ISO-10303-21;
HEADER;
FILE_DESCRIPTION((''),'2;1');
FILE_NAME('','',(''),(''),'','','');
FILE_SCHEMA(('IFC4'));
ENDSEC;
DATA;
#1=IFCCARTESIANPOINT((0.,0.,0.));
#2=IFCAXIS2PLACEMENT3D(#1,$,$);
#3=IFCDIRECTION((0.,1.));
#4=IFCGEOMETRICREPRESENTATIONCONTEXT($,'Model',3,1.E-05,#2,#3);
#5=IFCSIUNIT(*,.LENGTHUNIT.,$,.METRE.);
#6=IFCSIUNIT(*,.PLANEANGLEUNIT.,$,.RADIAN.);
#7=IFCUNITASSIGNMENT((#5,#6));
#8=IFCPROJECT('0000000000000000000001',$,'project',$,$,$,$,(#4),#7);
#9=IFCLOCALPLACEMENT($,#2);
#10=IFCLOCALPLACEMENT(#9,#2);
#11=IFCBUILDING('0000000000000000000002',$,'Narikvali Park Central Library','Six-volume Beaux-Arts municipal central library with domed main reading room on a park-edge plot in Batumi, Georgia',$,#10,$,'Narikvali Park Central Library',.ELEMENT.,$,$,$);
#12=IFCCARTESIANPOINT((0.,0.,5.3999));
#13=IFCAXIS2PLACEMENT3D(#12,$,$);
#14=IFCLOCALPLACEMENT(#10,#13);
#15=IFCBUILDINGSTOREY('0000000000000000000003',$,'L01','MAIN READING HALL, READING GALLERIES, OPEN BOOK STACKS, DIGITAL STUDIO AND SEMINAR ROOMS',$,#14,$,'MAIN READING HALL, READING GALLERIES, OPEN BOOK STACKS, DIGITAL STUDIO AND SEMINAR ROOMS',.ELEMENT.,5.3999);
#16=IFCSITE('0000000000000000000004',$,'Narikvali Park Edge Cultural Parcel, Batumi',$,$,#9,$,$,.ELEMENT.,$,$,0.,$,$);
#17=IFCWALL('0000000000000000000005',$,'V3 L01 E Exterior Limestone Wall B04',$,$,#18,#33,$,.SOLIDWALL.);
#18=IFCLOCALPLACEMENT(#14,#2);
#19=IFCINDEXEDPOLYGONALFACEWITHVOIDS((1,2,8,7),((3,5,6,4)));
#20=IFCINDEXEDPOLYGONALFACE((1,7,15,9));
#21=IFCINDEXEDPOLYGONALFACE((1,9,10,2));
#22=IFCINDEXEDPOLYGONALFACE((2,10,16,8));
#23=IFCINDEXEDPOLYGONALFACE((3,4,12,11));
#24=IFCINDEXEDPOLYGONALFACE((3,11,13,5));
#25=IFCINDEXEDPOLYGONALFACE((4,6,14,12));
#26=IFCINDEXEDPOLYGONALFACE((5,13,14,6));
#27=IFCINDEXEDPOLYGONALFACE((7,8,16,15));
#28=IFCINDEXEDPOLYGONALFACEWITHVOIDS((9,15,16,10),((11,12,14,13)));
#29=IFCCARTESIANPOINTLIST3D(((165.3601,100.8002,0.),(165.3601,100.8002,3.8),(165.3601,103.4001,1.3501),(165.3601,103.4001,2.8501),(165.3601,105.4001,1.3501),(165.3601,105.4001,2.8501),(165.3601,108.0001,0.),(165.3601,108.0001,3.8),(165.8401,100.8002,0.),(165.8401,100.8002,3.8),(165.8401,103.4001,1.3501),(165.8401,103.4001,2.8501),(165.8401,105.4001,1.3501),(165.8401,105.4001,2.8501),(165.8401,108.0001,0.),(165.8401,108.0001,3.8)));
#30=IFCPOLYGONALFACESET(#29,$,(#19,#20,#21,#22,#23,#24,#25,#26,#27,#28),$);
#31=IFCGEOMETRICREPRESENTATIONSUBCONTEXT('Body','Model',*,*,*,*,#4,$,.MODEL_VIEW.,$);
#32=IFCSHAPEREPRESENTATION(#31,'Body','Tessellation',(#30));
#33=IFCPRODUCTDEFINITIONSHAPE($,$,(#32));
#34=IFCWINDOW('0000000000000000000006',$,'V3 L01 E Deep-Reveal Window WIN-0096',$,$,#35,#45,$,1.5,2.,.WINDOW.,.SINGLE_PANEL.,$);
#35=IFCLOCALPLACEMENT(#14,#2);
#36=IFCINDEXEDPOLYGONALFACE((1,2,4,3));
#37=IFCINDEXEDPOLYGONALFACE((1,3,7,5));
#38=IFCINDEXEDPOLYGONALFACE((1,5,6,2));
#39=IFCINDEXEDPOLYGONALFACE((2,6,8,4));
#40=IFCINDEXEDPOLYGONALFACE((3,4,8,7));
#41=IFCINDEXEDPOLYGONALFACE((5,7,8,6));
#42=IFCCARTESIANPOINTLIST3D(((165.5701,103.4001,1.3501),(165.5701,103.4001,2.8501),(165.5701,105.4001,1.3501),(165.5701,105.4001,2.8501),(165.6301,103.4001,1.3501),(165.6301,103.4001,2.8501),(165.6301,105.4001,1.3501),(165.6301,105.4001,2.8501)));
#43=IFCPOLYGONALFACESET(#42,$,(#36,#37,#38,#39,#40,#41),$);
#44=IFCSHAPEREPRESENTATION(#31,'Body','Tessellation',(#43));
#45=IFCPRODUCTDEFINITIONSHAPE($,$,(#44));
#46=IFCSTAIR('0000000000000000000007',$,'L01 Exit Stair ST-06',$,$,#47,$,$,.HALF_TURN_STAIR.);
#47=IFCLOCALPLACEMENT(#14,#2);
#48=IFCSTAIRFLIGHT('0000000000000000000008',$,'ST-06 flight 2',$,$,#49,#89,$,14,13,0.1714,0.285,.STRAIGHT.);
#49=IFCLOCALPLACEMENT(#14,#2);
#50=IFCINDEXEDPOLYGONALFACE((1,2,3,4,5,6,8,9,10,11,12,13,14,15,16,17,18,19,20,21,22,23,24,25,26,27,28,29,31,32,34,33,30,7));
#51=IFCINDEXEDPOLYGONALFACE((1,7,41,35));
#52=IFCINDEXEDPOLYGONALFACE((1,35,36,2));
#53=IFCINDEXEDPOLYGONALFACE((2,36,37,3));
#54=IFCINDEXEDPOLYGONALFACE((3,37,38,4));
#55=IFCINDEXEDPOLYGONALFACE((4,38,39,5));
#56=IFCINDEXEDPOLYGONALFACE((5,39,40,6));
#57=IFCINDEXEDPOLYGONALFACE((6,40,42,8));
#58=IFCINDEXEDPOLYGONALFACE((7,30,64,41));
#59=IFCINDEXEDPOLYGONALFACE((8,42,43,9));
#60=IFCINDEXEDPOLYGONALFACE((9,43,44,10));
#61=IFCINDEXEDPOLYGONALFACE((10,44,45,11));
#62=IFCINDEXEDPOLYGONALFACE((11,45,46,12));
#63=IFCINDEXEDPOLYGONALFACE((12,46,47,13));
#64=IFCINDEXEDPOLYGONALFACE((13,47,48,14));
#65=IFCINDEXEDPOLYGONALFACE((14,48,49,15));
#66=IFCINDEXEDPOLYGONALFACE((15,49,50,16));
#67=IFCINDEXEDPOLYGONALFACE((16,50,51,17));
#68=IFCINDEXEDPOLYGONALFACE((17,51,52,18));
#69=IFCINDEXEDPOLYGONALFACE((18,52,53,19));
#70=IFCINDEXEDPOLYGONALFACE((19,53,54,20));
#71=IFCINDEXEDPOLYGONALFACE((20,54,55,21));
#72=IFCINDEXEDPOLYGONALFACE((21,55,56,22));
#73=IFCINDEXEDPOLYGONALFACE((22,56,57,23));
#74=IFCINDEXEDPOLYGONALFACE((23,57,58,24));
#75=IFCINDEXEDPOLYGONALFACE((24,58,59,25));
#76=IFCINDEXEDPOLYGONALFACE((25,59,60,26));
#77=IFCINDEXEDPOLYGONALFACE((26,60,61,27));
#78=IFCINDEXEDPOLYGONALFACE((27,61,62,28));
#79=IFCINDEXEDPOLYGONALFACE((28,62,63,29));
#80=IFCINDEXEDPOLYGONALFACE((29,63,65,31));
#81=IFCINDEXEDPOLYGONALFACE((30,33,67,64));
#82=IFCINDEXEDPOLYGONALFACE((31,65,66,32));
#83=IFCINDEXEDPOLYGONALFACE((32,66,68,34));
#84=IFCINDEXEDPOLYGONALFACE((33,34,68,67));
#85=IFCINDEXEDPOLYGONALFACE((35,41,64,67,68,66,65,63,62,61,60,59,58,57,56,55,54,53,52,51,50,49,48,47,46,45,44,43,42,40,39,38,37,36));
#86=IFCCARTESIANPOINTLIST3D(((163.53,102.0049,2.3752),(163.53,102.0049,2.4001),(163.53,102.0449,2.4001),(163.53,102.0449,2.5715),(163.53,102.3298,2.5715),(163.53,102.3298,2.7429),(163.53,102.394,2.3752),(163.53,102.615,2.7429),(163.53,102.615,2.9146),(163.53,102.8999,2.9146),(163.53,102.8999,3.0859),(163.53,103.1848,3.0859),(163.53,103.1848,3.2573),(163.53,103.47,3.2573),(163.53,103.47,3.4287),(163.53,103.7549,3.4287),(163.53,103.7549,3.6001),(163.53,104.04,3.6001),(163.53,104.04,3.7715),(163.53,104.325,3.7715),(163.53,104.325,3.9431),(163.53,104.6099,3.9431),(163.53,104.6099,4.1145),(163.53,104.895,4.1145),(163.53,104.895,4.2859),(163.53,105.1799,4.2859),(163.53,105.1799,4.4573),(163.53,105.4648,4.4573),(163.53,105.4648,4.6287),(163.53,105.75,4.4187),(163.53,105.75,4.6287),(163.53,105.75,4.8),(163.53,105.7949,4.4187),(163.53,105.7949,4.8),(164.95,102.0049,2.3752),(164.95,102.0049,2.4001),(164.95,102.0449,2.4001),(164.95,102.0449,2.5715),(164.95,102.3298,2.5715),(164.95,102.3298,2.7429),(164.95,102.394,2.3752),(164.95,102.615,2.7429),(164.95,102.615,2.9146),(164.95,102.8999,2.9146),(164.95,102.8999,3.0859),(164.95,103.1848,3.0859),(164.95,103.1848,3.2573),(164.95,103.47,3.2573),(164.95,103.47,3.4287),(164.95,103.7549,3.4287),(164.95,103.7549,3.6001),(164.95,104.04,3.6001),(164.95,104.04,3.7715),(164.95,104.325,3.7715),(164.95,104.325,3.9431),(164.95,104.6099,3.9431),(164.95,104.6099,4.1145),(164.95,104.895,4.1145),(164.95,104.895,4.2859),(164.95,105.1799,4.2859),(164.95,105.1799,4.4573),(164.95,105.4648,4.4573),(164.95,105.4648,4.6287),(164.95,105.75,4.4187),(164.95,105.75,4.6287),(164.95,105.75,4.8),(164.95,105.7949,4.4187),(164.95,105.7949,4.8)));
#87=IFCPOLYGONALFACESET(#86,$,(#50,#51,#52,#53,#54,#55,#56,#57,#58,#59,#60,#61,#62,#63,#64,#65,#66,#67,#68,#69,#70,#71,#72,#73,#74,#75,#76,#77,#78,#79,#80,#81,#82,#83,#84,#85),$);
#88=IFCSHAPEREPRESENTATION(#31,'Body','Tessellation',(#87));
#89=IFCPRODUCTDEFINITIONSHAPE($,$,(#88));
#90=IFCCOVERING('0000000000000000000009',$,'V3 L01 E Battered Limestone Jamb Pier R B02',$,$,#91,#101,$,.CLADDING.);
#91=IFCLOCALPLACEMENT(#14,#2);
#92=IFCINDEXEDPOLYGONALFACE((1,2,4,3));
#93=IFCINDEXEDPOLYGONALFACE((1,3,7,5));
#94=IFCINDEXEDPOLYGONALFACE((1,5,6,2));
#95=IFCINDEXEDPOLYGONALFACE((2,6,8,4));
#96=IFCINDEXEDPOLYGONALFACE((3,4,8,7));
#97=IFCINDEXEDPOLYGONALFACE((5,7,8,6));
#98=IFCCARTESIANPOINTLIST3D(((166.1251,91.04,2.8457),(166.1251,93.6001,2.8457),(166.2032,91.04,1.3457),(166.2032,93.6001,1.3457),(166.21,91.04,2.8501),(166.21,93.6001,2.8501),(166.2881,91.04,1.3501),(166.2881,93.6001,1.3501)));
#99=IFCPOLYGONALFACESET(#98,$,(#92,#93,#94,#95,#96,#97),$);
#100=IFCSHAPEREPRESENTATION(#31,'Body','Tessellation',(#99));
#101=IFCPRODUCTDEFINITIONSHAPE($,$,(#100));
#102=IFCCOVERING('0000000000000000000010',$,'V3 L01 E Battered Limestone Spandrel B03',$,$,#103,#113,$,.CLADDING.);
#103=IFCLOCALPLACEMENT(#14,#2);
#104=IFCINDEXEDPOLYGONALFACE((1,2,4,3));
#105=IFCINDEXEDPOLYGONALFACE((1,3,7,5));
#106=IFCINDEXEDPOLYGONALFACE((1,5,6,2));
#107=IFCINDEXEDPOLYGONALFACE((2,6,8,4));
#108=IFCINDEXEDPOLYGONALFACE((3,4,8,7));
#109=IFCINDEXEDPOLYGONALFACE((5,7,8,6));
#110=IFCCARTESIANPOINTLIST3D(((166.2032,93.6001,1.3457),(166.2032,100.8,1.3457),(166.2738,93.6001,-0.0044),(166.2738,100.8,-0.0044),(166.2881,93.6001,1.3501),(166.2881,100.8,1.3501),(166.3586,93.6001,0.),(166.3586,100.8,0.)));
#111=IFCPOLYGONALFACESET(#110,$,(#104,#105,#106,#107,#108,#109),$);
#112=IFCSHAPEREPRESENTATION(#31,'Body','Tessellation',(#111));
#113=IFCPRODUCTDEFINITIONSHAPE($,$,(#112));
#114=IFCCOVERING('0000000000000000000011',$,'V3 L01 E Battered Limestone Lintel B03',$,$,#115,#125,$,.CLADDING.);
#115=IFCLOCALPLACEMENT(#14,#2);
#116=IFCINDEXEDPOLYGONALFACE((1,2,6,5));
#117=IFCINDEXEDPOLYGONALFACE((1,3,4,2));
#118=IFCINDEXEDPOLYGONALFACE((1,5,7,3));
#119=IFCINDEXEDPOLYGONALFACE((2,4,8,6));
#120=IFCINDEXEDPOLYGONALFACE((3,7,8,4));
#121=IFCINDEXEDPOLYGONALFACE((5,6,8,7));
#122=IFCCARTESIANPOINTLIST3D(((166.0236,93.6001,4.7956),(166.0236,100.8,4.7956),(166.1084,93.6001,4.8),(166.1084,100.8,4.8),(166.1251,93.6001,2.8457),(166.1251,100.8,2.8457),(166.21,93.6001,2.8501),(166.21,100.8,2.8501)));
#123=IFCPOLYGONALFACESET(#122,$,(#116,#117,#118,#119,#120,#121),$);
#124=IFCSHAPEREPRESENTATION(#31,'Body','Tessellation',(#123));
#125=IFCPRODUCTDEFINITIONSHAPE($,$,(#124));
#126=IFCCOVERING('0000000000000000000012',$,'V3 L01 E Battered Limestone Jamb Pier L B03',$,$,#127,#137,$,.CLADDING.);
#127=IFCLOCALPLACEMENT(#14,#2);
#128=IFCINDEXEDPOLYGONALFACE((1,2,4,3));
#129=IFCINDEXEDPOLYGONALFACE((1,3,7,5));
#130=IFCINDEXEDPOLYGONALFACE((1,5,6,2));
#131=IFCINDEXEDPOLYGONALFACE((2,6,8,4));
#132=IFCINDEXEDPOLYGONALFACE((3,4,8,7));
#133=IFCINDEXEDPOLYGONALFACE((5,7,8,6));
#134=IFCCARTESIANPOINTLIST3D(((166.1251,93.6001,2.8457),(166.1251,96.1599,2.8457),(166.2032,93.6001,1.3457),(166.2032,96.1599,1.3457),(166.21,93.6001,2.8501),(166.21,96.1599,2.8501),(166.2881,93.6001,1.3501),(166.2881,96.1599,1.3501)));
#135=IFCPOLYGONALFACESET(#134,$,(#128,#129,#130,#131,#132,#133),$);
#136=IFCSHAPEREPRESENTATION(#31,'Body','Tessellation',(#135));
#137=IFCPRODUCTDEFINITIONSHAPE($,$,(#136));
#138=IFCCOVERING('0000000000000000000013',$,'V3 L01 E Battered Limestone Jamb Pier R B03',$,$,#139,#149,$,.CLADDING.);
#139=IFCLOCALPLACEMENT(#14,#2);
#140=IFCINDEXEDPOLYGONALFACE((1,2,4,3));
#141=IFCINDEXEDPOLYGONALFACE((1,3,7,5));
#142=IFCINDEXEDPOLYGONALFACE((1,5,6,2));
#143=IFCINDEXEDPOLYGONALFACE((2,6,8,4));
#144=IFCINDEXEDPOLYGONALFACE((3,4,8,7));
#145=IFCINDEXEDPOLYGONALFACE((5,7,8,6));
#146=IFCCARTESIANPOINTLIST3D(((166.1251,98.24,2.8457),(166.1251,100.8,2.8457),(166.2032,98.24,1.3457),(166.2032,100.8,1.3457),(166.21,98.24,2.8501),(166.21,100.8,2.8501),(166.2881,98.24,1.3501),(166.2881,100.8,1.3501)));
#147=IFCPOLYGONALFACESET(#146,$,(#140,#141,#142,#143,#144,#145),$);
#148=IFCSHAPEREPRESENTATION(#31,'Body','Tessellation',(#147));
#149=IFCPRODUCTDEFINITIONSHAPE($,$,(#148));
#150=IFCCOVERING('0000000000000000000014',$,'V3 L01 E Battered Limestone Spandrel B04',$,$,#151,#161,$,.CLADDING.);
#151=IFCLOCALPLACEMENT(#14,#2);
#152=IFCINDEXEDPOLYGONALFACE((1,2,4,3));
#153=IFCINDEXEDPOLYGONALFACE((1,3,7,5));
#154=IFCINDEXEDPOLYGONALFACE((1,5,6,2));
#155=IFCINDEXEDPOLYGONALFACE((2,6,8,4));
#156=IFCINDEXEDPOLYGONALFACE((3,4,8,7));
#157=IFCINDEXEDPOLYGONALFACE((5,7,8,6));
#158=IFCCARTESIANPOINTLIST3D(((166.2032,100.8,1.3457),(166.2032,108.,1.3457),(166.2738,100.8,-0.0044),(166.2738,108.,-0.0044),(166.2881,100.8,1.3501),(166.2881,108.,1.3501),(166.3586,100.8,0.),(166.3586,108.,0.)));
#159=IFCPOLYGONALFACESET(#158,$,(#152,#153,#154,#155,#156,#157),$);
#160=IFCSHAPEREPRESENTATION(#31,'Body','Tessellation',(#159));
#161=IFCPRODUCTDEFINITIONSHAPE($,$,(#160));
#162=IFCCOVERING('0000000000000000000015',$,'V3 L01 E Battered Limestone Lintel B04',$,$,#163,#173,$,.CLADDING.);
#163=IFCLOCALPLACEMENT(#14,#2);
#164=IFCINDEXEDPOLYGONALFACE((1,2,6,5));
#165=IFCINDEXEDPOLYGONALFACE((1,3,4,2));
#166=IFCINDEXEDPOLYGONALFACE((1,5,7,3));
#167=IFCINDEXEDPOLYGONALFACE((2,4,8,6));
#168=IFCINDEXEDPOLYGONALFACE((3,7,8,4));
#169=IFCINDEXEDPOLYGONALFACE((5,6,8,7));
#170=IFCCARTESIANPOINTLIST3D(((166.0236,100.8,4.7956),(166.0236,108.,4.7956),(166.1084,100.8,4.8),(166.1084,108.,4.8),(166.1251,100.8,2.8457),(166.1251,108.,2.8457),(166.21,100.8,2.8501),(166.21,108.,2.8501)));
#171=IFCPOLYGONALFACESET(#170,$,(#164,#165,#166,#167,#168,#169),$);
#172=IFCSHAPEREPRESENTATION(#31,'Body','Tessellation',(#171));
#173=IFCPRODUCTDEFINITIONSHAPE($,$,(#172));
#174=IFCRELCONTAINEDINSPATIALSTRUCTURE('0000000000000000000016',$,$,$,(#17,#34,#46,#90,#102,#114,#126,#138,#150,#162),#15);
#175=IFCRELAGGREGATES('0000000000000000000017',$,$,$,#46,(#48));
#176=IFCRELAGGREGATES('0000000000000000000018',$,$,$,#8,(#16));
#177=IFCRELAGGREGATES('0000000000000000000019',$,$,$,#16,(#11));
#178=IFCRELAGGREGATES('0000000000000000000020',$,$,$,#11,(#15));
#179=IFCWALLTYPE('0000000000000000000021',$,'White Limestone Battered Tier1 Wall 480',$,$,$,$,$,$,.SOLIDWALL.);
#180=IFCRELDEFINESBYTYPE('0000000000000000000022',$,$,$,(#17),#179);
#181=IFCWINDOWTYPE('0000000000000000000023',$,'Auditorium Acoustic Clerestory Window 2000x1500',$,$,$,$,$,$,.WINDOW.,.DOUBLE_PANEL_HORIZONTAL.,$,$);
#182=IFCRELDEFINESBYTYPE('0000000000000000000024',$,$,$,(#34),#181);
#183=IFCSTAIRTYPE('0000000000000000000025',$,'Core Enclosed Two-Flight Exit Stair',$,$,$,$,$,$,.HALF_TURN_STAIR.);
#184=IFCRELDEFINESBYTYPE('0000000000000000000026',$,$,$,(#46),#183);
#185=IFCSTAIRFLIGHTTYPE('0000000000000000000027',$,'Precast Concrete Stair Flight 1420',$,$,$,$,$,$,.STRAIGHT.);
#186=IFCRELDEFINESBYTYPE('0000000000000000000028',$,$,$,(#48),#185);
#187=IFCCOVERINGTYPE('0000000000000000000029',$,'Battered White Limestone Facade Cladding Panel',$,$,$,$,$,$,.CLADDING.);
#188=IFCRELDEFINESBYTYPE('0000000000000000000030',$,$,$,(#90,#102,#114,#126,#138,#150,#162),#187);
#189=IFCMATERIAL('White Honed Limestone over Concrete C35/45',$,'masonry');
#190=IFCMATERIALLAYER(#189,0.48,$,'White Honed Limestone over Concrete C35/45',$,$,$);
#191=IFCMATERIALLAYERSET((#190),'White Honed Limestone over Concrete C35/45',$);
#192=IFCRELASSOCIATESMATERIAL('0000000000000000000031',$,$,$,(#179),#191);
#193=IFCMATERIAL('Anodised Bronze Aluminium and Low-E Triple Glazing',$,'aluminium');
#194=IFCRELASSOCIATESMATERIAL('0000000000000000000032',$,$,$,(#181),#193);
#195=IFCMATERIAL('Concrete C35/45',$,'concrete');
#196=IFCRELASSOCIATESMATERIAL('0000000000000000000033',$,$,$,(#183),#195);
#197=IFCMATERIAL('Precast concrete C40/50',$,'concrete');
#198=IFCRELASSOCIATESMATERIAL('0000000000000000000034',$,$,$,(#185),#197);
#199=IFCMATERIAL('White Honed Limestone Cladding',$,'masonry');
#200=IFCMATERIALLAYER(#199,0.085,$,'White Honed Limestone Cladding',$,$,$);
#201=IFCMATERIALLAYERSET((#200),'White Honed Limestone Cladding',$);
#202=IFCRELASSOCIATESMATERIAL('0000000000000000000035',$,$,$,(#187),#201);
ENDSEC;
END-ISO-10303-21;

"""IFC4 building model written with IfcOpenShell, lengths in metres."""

from ifc_helpers import new_model, si_unit, direction, frame, frame_2d, origin, place, context, subcontext, project, spatial, polyline, rectangle, outline, extrude, material, layer, layer_set, type_object, element, fill, aggregate, save


model = new_model("IFC4")

# Units and contexts
model_context = context("Model", 3, precision=1e-05, world=origin(), true_north=direction((0.0, 1.0)))
body_context = subcontext(model_context, "Body", "Model", "MODEL_VIEW")
ifc_project = project(units=[si_unit("LENGTHUNIT", "METRE"), si_unit("PLANEANGLEUNIT", "RADIAN")], contexts=[model_context])

# Site, building, storey
site_placement = place(None, origin())
site = spatial("IfcSite", under=ifc_project, at=site_placement, Name="Narikvali Park Edge Cultural Parcel, Batumi", CompositionType="ELEMENT", RefElevation=0.0)
building_placement = place(site_placement, origin())
building = spatial("IfcBuilding", under=site, at=building_placement, Name="Narikvali Park Central Library", Description="Six-volume Beaux-Arts municipal central library with domed main reading room on a park-edge plot in Batumi, Georgia", LongName="Narikvali Park Central Library", CompositionType="ELEMENT")
storey_placement = place(building_placement, frame((0.0, 0.0, 5.3999)))
storey = spatial("IfcBuildingStorey", under=building, at=storey_placement, Name="L01", Description="MAIN READING HALL, READING GALLERIES, OPEN BOOK STACKS, DIGITAL STUDIO AND SEMINAR ROOMS", LongName="MAIN READING HALL, READING GALLERIES, OPEN BOOK STACKS, DIGITAL STUDIO AND SEMINAR ROOMS", CompositionType="ELEMENT", Elevation=5.3999)

# Wall, opening, window
ifc_material_1 = material(Name="White Honed Limestone over Concrete C35/45", Category="masonry")
ifc_layer_1 = layer(ifc_material_1, 0.48, Name="White Honed Limestone over Concrete C35/45")
ifc_layer_set_1 = layer_set([ifc_layer_1], Name="White Honed Limestone over Concrete C35/45")
wall_type_1 = type_object("IfcWallType", Name="White Limestone Battered Tier1 Wall 480", PredefinedType="SOLIDWALL", material=ifc_layer_set_1)
ifc_material_2 = material(Name="Anodised Bronze Aluminium and Low-E Triple Glazing", Category="aluminium")
window_type = type_object("IfcWindowType", Name="Auditorium Acoustic Clerestory Window 2000x1500", PartitioningType="DOUBLE_PANEL_HORIZONTAL", PredefinedType="WINDOW", material=ifc_material_2)
wall_1_placement = place(storey_placement, frame((165.6001, 100.8, 0.0), z_axis=(0.0, 0.0, 1.0), x_axis=(0.0, 1.0, 0.0)))
wall_1 = element("IfcWall", 1, at=wall_1_placement, inside=storey, type_object=wall_type_1, Name="V3 L01 E Exterior Limestone Wall B04", PredefinedType="SOLIDWALL", context=body_context, shape_type="SweptSolid", body=[
    extrude(rectangle(XDim=7.2, YDim=0.48, at=frame_2d((3.6001, 0.0))), origin(), (0.0, 0.0, 1.0), 3.8),
])
opening_1_placement = place(wall_1_placement, frame((2.6001, 0.0, 1.3501)))
opening_1 = element("IfcOpeningElement", 2, at=opening_1_placement, cuts=wall_1, PredefinedType="OPENING", context=body_context, shape_type="SweptSolid", body=[
    extrude(rectangle(XDim=2.0, YDim=1.5, at=frame_2d((1.0, 0.75))), frame((0.0, 0.252, 0.0), z_axis=(0.0, -1.0, 0.0), x_axis=(1.0, 0.0, 0.0)), (0.0, 0.0, 1.0), 0.5039),
])
window_1_placement = place(opening_1_placement, origin())
window_1 = element("IfcWindow", 3, at=window_1_placement, inside=storey, type_object=window_type, Name="V3 L01 E Deep-Reveal Window WIN-0096", OverallHeight=1.5, OverallWidth=2.0, PartitioningType="SINGLE_PANEL", PredefinedType="WINDOW", context=body_context, shape_type="SweptSolid", body=[
    extrude(rectangle(XDim=2.0, YDim=1.5, at=frame_2d((1.0, 0.75))), frame((0.0, 0.03, 0.0), z_axis=(0.0, -1.0, 0.0), x_axis=(1.0, 0.0, 0.0)), (0.0, 0.0, 1.0), 0.0601),
])
fill(opening_1, window_1)

# Stair, stair flight
ifc_material_3 = material(Name="Concrete C35/45", Category="concrete")
stair_type = type_object("IfcStairType", Name="Core Enclosed Two-Flight Exit Stair", PredefinedType="HALF_TURN_STAIR", material=ifc_material_3)
stair_placement = place(storey_placement, origin())
stair = element("IfcStair", 4, at=stair_placement, inside=storey, type_object=stair_type, Name="L01 Exit Stair ST-06", PredefinedType="HALF_TURN_STAIR")
ifc_material_4 = material(Name="Precast concrete C40/50", Category="concrete")
stair_flight_type = type_object("IfcStairFlightType", Name="Precast Concrete Stair Flight 1420", PredefinedType="STRAIGHT", material=ifc_material_4)
stair_flight_placement = place(storey_placement, frame((164.24, 102.0449, 2.4001), z_axis=(0.0, 0.0, 1.0), x_axis=(0.0, 1.0, 0.0)))
stair_flight = element("IfcStairFlight", 5, at=stair_flight_placement, type_object=stair_flight_type, Name="ST-06 flight 2", NumberOfRisers=14, NumberOfTreads=13, PredefinedType="STRAIGHT", RiserHeight=0.1714, TreadLength=0.285, context=body_context, shape_type="SweptSolid", body=[
    extrude(outline(polyline([(-0.04, -0.0249), (-0.04, 0.0), (0.0, 0.0), (0.0, 0.1714), (0.2849, 0.1714), (0.2849, 0.3428), (0.5701, 0.3428), (0.5701, 0.5144), (0.855, 0.5144), (0.855, 0.6858), (1.1399, 0.6858), (1.1399, 0.8572), (1.425, 0.8572), (1.425, 1.0286), (1.71, 1.0286), (1.71, 1.2), (1.9951, 1.2), (1.9951, 1.3713), (2.28, 1.3713), (2.28, 1.543), (2.5649, 1.543), (2.5649, 1.7144), (2.8501, 1.7144), (2.8501, 1.8857), (3.135, 1.8857), (3.135, 2.0571), (3.4199, 2.0571), (3.4199, 2.2285), (3.7051, 2.2285), (3.7051, 2.3999), (3.75, 2.3999), (3.75, 2.0186), (3.7051, 2.0186), (0.3491, -0.0249), (-0.04, -0.0249)])), frame((0.0, 0.71, 0.0), z_axis=(0.0, -1.0, 0.0), x_axis=(1.0, 0.0, 0.0)), (0.0, 0.0, 1.0), 1.4199),
])
aggregate(stair, [stair_flight])

# Coverings
ifc_material_5 = material(Name="White Honed Limestone Cladding", Category="masonry")
ifc_layer_2 = layer(ifc_material_5, 0.085, Name="White Honed Limestone Cladding")
ifc_layer_set_2 = layer_set([ifc_layer_2], Name="White Honed Limestone Cladding")
covering_type = type_object("IfcCoveringType", Name="Battered White Limestone Facade Cladding Panel", PredefinedType="CLADDING", material=ifc_layer_set_2)
covering_1_placement = place(storey_placement, frame((166.2881, 91.04, 1.3501), z_axis=(0.998646, 0.0, 0.052013), x_axis=(0.0, 1.0, 0.0)))
element("IfcCovering", 6, at=covering_1_placement, inside=storey, type_object=covering_type, Name="V3 L01 E Battered Limestone Jamb Pier R B02", PredefinedType="CLADDING", context=body_context, shape_type="SweptSolid", body=[
    extrude(outline(polyline([(0.0, 0.0), (2.5601, 0.0), (2.5601, 1.502), (0.0, 1.502), (0.0, 0.0)])), origin(), (0.0, 0.0, -1.0), 0.085),
])
covering_2_placement = place(storey_placement, frame((166.3586, 93.6001, 0.0), z_axis=(0.998637, 0.0, 0.052189), x_axis=(0.0, 1.0, 0.0)))
element("IfcCovering", 7, at=covering_2_placement, inside=storey, type_object=covering_type, Name="V3 L01 E Battered Limestone Spandrel B03", PredefinedType="CLADDING", context=body_context, shape_type="SweptSolid", body=[
    extrude(outline(polyline([(0.0, 0.0), (7.2, 0.0), (7.2, 1.3519), (0.0, 1.3519), (0.0, 0.0)])), origin(), (0.0, 0.0, -1.0), 0.085),
])
covering_3_placement = place(storey_placement, frame((166.21, 93.6001, 2.8501), z_axis=(0.998646, 0.0, 0.052014), x_axis=(0.0, 1.0, 0.0)))
element("IfcCovering", 8, at=covering_3_placement, inside=storey, type_object=covering_type, Name="V3 L01 E Battered Limestone Lintel B03", PredefinedType="CLADDING", context=body_context, shape_type="SweptSolid", body=[
    extrude(outline(polyline([(0.0, 0.0), (7.2, 0.0), (7.2, 1.9526), (0.0, 1.9526), (0.0, 0.0)])), origin(), (0.0, 0.0, -1.0), 0.085),
])
covering_4_placement = place(storey_placement, frame((166.2881, 93.6001, 1.3501), z_axis=(0.998646, 0.0, 0.052013), x_axis=(0.0, 1.0, 0.0)))
element("IfcCovering", 9, at=covering_4_placement, inside=storey, type_object=covering_type, Name="V3 L01 E Battered Limestone Jamb Pier L B03", PredefinedType="CLADDING", context=body_context, shape_type="SweptSolid", body=[
    extrude(outline(polyline([(0.0, 0.0), (2.5598, 0.0), (2.5598, 1.502), (0.0, 1.502), (0.0, 0.0)])), origin(), (0.0, 0.0, -1.0), 0.085),
])
covering_5_placement = place(storey_placement, frame((166.2881, 98.24, 1.3501), z_axis=(0.998646, 0.0, 0.052013), x_axis=(0.0, 1.0, 0.0)))
element("IfcCovering", 10, at=covering_5_placement, inside=storey, type_object=covering_type, Name="V3 L01 E Battered Limestone Jamb Pier R B03", PredefinedType="CLADDING", context=body_context, shape_type="SweptSolid", body=[
    extrude(outline(polyline([(0.0, 0.0), (2.5601, 0.0), (2.5601, 1.502), (0.0, 1.502), (0.0, 0.0)])), origin(), (0.0, 0.0, -1.0), 0.085),
])
covering_6_placement = place(storey_placement, frame((166.3586, 100.8, 0.0), z_axis=(0.998637, 0.0, 0.052189), x_axis=(0.0, 1.0, 0.0)))
element("IfcCovering", 11, at=covering_6_placement, inside=storey, type_object=covering_type, Name="V3 L01 E Battered Limestone Spandrel B04", PredefinedType="CLADDING", context=body_context, shape_type="SweptSolid", body=[
    extrude(outline(polyline([(0.0, 0.0), (7.2, 0.0), (7.2, 1.3519), (0.0, 1.3519), (0.0, 0.0)])), origin(), (0.0, 0.0, -1.0), 0.085),
])
covering_7_placement = place(storey_placement, frame((166.21, 100.8, 2.8501), z_axis=(0.998646, 0.0, 0.052014), x_axis=(0.0, 1.0, 0.0)))
element("IfcCovering", 12, at=covering_7_placement, inside=storey, type_object=covering_type, Name="V3 L01 E Battered Limestone Lintel B04", PredefinedType="CLADDING", context=body_context, shape_type="SweptSolid", body=[
    extrude(outline(polyline([(0.0, 0.0), (7.2, 0.0), (7.2, 1.9526), (0.0, 1.9526), (0.0, 0.0)])), origin(), (0.0, 0.0, -1.0), 0.085),
])

save(model, "model.ifc")
